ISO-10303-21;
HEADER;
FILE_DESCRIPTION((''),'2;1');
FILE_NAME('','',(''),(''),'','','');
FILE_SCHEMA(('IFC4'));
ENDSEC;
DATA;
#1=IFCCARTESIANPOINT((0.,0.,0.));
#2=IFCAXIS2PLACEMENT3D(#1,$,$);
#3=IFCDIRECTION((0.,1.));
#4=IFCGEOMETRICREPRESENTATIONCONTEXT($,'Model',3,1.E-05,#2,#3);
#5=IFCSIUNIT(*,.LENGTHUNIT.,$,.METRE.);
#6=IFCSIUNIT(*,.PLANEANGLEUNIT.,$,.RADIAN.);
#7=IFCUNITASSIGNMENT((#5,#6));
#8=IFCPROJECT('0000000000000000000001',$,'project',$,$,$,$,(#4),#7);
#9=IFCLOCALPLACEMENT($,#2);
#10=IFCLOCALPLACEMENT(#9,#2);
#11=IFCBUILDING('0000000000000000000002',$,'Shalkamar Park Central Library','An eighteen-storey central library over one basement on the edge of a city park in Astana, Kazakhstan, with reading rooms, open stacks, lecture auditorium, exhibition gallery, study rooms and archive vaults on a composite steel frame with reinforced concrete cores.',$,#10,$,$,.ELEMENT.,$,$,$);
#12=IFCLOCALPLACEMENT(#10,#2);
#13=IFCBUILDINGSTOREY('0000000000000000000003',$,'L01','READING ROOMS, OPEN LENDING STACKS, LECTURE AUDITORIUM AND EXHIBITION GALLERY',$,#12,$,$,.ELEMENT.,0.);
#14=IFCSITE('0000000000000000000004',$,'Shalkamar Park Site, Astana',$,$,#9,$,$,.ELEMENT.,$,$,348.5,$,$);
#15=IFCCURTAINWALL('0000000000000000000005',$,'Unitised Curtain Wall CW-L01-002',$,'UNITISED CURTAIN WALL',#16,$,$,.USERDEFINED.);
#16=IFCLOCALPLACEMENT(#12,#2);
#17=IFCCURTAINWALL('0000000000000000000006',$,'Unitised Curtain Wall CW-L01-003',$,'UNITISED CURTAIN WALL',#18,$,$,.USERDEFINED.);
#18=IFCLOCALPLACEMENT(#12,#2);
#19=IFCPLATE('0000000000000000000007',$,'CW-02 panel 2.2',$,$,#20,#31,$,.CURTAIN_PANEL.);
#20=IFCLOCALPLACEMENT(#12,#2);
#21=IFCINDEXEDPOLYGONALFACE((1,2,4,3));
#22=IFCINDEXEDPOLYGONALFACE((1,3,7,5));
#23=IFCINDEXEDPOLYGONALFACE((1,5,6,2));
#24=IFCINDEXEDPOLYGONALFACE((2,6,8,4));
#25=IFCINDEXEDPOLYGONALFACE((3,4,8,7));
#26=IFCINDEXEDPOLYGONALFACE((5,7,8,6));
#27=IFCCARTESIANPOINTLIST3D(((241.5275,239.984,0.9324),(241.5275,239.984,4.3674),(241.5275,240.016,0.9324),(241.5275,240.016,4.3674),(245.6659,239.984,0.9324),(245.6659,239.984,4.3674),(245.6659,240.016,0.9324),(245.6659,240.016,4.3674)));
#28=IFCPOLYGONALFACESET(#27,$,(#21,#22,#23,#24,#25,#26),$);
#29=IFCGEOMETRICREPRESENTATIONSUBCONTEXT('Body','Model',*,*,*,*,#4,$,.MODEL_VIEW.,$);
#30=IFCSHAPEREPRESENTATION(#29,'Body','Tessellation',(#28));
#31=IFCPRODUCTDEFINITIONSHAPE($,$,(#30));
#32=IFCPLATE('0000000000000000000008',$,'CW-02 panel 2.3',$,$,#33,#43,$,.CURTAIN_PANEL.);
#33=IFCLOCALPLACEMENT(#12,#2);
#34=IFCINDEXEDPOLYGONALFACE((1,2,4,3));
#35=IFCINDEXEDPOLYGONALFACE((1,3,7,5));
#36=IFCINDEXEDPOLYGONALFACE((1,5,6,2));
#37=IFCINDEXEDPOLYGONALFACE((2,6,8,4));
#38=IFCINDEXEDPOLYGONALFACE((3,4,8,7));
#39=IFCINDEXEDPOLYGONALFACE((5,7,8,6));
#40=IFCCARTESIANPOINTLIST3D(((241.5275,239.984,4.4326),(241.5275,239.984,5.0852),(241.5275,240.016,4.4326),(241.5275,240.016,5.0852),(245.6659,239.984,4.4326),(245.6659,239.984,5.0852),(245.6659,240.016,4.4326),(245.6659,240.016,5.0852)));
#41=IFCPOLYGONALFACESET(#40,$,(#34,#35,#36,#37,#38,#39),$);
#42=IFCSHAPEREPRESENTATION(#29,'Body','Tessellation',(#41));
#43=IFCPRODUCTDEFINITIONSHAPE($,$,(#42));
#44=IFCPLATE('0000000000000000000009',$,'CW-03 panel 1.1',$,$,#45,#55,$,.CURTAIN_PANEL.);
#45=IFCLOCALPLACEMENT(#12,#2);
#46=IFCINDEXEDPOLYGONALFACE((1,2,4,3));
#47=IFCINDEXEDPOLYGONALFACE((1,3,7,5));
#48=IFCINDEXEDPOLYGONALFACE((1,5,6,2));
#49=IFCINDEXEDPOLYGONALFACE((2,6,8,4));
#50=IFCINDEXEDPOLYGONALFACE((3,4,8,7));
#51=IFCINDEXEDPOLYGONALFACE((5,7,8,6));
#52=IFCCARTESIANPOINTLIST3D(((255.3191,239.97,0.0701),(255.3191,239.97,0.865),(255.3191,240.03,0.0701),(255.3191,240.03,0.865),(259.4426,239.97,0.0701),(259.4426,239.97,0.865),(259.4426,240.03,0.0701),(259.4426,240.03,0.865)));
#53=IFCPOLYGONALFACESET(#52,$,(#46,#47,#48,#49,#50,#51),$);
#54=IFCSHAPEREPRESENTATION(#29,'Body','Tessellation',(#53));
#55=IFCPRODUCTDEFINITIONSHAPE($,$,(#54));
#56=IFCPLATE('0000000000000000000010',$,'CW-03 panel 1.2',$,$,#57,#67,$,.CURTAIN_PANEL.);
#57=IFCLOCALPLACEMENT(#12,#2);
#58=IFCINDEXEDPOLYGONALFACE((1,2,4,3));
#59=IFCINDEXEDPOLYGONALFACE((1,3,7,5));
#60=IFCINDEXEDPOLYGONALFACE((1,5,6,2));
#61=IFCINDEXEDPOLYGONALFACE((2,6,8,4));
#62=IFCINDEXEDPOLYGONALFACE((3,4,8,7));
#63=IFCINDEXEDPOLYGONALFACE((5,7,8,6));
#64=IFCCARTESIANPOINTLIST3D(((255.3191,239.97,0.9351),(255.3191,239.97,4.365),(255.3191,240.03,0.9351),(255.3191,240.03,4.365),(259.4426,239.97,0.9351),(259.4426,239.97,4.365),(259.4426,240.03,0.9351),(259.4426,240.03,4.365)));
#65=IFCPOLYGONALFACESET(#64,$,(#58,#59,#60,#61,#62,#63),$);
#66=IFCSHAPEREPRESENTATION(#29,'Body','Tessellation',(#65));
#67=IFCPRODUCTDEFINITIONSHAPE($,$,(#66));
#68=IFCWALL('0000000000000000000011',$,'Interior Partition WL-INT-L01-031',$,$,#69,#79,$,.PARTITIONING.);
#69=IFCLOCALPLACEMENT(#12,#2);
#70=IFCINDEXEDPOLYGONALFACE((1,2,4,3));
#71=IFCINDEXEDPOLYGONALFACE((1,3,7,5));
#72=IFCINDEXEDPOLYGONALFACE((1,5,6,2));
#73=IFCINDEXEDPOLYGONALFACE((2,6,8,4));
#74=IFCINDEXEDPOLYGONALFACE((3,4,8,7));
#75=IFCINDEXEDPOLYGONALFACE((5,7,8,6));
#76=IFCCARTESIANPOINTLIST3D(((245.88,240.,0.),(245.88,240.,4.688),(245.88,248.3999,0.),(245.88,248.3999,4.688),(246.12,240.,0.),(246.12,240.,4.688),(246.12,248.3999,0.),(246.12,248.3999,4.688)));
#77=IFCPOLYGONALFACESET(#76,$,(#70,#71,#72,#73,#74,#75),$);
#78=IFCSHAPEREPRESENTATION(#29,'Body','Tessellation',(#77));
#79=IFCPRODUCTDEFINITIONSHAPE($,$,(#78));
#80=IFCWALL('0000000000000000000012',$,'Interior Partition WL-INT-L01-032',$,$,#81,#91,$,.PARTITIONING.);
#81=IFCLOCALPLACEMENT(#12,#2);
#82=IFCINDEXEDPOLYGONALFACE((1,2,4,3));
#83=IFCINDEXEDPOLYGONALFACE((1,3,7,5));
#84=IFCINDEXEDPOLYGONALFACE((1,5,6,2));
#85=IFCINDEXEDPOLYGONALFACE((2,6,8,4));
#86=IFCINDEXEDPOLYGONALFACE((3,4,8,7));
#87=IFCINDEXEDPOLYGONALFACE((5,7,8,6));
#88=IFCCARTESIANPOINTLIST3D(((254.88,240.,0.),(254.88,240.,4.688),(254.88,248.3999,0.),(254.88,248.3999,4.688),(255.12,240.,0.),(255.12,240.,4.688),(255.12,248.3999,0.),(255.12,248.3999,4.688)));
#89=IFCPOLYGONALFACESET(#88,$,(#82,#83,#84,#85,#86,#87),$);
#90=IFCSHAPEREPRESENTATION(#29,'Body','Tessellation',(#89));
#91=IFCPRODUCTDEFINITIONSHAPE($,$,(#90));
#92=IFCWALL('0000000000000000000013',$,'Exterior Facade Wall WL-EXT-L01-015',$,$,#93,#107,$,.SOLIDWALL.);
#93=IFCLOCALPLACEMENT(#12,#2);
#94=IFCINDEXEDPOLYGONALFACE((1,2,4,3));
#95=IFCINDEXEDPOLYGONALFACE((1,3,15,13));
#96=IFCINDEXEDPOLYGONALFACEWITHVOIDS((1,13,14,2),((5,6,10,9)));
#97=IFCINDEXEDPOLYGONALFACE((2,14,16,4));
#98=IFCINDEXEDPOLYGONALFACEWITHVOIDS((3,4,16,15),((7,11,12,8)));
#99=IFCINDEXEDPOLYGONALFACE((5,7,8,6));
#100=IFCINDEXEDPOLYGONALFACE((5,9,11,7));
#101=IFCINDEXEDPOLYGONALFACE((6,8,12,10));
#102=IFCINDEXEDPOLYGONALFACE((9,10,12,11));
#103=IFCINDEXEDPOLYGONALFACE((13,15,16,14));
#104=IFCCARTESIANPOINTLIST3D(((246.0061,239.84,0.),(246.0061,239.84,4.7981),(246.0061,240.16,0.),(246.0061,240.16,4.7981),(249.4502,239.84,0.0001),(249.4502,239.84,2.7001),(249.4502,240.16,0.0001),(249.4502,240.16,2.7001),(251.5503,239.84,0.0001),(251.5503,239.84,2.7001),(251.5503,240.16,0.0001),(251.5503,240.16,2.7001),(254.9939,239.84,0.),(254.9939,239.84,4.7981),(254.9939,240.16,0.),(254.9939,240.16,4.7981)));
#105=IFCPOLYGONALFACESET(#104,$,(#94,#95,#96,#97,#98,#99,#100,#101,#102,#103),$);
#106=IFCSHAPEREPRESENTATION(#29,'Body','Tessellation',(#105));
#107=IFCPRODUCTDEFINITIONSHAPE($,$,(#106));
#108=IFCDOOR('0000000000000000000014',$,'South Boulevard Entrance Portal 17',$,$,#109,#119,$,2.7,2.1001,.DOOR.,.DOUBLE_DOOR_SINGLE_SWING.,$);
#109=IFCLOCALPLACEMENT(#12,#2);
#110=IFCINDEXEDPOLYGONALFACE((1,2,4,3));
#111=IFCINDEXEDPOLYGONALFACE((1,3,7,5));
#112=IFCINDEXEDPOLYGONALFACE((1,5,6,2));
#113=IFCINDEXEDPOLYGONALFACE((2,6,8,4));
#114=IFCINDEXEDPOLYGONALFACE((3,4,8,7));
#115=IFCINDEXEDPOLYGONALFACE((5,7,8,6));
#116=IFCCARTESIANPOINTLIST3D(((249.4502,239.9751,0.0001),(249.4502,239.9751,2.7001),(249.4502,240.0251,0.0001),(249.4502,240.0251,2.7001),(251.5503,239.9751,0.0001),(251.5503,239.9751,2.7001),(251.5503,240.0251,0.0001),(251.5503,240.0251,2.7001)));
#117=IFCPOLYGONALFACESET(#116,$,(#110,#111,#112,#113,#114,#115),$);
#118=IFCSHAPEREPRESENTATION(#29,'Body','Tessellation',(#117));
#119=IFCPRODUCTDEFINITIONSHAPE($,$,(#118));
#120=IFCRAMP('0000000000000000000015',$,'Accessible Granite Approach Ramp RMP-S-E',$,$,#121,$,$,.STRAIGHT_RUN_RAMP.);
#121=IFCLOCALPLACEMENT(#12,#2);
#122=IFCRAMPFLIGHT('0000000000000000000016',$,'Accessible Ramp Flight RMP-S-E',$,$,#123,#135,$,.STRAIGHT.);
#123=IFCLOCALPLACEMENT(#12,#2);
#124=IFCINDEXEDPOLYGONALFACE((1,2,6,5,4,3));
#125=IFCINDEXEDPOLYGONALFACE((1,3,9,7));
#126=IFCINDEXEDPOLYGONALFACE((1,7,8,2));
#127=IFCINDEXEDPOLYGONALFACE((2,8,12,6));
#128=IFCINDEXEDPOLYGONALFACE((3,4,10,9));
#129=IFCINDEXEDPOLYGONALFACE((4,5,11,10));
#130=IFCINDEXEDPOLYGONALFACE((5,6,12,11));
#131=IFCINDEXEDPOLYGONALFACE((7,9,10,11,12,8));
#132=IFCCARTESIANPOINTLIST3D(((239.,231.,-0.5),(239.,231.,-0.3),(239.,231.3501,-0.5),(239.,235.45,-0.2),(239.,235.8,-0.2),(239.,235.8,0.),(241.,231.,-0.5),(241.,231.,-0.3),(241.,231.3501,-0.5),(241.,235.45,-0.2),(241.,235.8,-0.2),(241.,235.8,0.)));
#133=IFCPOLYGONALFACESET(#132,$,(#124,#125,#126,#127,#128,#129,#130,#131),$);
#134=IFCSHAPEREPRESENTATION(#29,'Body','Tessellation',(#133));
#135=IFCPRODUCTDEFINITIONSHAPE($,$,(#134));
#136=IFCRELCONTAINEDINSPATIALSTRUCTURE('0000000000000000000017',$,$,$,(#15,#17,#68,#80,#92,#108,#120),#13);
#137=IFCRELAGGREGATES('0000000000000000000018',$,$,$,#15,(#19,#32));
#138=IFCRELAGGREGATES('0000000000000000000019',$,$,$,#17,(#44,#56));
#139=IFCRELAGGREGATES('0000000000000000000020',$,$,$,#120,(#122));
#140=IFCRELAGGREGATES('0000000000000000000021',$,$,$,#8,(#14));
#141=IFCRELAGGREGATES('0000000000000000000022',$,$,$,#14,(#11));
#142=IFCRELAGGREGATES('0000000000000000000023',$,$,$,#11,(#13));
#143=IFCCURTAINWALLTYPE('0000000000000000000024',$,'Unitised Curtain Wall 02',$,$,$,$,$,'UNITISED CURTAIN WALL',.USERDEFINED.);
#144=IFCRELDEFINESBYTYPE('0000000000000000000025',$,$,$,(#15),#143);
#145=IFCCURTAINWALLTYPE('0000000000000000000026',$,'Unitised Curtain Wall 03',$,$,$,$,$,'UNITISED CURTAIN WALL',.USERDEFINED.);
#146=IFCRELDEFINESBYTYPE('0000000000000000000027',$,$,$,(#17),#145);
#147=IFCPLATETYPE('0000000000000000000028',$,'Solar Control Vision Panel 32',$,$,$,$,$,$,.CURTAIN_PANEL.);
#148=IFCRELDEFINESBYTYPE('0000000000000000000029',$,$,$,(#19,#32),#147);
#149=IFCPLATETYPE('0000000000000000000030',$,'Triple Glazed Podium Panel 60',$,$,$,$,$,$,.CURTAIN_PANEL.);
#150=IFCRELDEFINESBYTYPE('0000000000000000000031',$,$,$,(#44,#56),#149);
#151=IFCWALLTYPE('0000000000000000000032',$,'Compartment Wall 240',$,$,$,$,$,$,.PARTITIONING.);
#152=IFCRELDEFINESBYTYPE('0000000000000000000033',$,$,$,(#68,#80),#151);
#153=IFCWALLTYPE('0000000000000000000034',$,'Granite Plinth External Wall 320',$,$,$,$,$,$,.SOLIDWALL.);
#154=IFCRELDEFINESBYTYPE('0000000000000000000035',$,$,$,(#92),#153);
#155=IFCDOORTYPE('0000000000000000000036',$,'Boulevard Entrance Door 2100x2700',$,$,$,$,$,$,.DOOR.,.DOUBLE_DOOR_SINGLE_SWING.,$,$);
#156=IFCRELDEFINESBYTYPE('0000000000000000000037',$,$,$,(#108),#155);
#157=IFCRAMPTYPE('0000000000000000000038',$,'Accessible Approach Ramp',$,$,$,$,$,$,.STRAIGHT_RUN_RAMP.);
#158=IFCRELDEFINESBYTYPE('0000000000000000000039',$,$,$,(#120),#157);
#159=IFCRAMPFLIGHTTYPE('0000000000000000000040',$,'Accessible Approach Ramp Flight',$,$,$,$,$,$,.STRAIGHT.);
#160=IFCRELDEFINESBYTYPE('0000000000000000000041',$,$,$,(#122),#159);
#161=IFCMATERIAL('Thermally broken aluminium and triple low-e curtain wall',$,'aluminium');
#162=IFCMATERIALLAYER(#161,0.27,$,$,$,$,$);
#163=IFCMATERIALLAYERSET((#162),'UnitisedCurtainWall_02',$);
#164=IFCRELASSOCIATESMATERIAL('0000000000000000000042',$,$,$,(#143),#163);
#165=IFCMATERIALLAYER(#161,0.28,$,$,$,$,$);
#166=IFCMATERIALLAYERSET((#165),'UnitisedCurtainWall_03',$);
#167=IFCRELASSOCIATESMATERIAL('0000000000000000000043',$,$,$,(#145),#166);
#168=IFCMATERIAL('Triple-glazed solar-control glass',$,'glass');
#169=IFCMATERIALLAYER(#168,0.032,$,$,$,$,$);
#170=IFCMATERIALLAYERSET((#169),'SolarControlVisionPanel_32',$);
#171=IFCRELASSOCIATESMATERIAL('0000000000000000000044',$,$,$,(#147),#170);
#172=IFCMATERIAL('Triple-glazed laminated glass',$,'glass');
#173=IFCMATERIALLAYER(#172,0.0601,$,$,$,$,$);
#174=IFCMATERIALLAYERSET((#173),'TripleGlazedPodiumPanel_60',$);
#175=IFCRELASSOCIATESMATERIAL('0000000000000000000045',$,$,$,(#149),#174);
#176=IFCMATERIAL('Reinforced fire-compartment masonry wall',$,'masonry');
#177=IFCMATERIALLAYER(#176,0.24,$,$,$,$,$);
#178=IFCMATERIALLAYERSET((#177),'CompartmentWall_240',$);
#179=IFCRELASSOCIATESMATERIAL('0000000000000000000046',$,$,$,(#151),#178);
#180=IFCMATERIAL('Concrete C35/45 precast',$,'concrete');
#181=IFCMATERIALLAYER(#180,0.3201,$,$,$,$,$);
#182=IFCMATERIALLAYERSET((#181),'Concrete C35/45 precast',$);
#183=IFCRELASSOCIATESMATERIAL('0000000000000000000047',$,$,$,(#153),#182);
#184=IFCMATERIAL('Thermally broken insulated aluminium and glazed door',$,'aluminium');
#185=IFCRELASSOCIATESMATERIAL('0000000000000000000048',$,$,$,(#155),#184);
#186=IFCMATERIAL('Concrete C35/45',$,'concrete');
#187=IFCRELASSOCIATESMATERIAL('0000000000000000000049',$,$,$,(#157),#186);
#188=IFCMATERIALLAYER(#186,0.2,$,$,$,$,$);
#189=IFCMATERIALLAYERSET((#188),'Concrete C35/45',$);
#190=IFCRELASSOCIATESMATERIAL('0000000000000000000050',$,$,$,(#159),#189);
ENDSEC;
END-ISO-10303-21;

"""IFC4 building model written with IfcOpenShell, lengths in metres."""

from ifc_helpers import new_model, si_unit, direction, frame, frame_2d, origin, origin_2d, place, context, subcontext, project, spatial, polyline, rectangle, outline, extrude, material, layer, layer_set, type_object, element, fill, aggregate, save


model = new_model("IFC4")

# Units and contexts
model_context = context("Model", 3, precision=1e-05, world=origin(), true_north=direction((0.0, 1.0)))
body_context = subcontext(model_context, "Body", "Model", "MODEL_VIEW")
ifc_project = project(units=[si_unit("LENGTHUNIT", "METRE"), si_unit("PLANEANGLEUNIT", "RADIAN")], contexts=[model_context])

# Site, building, storey
site_placement = place(None, origin())
site = spatial("IfcSite", under=ifc_project, at=site_placement, Name="Shalkamar Park Site, Astana", CompositionType="ELEMENT", RefElevation=348.5)
building_placement = place(site_placement, origin())
building = spatial("IfcBuilding", under=site, at=building_placement, Name="Shalkamar Park Central Library", Description="An eighteen-storey central library over one basement on the edge of a city park in Astana, Kazakhstan, with reading rooms, open stacks, lecture auditorium, exhibition gallery, study rooms and archive vaults on a composite steel frame with reinforced concrete cores.", CompositionType="ELEMENT")
storey_placement = place(building_placement, origin())
storey = spatial("IfcBuildingStorey", under=building, at=storey_placement, Name="L01", Description="READING ROOMS, OPEN LENDING STACKS, LECTURE AUDITORIUM AND EXHIBITION GALLERY", CompositionType="ELEMENT", Elevation=0.0)

# Curtain wall
ifc_material_1 = material(Name="Thermally broken aluminium and triple low-e curtain wall", Category="aluminium")
ifc_layer_1 = layer(ifc_material_1, 0.27)
ifc_layer_set_1 = layer_set([ifc_layer_1], Name="UnitisedCurtainWall_02")
curtain_wall_type_1 = type_object("IfcCurtainWallType", Name="Unitised Curtain Wall 02", ElementType="UNITISED CURTAIN WALL", PredefinedType="USERDEFINED", material=ifc_layer_set_1)
curtain_wall_1_placement = place(storey_placement, origin())
curtain_wall_1 = element("IfcCurtainWall", 1, at=curtain_wall_1_placement, inside=storey, type_object=curtain_wall_type_1, Name="Unitised Curtain Wall CW-L01-002", ObjectType="UNITISED CURTAIN WALL", PredefinedType="USERDEFINED")

# Curtain wall
ifc_layer_2 = layer(ifc_material_1, 0.28)
ifc_layer_set_2 = layer_set([ifc_layer_2], Name="UnitisedCurtainWall_03")
curtain_wall_type_2 = type_object("IfcCurtainWallType", Name="Unitised Curtain Wall 03", ElementType="UNITISED CURTAIN WALL", PredefinedType="USERDEFINED", material=ifc_layer_set_2)
curtain_wall_2_placement = place(storey_placement, origin())
curtain_wall_2 = element("IfcCurtainWall", 2, at=curtain_wall_2_placement, inside=storey, type_object=curtain_wall_type_2, Name="Unitised Curtain Wall CW-L01-003", ObjectType="UNITISED CURTAIN WALL", PredefinedType="USERDEFINED")

# Plates
ifc_material_2 = material(Name="Triple-glazed solar-control glass", Category="glass")
ifc_layer_3 = layer(ifc_material_2, 0.032)
ifc_layer_set_3 = layer_set([ifc_layer_3], Name="SolarControlVisionPanel_32")
plate_type_1 = type_object("IfcPlateType", Name="Solar Control Vision Panel 32", PredefinedType="CURTAIN_PANEL", material=ifc_layer_set_3)
plate_1_placement = place(storey_placement, frame((243.5967, 240.0, 0.9324), z_axis=(0.0, 0.0, 1.0), x_axis=(1.0, 0.0, 0.0)))
plate_1 = element("IfcPlate", 3, at=plate_1_placement, type_object=plate_type_1, Name="CW-02 panel 2.2", PredefinedType="CURTAIN_PANEL", context=body_context, shape_type="SweptSolid", body=[
    extrude(rectangle(XDim=4.1384, YDim=0.032, at=origin_2d()), origin(), (0.0, 0.0, 1.0), 3.4351),
])
plate_2_placement = place(storey_placement, frame((243.5967, 240.0, 4.4326), z_axis=(0.0, 0.0, 1.0), x_axis=(1.0, 0.0, 0.0)))
plate_2 = element("IfcPlate", 4, at=plate_2_placement, type_object=plate_type_1, Name="CW-02 panel 2.3", PredefinedType="CURTAIN_PANEL", context=body_context, shape_type="SweptSolid", body=[
    extrude(rectangle(XDim=4.1384, YDim=0.032, at=origin_2d()), origin(), (0.0, 0.0, 1.0), 0.6526),
])
aggregate(curtain_wall_1, [plate_1, plate_2])
ifc_material_3 = material(Name="Triple-glazed laminated glass", Category="glass")
ifc_layer_4 = layer(ifc_material_3, 0.0601)
ifc_layer_set_4 = layer_set([ifc_layer_4], Name="TripleGlazedPodiumPanel_60")
plate_type_2 = type_object("IfcPlateType", Name="Triple Glazed Podium Panel 60", PredefinedType="CURTAIN_PANEL", material=ifc_layer_set_4)
plate_3_placement = place(storey_placement, frame((257.3809, 240.0, 0.0701), z_axis=(0.0, 0.0, 1.0), x_axis=(1.0, 0.0, 0.0)))
plate_3 = element("IfcPlate", 5, at=plate_3_placement, type_object=plate_type_2, Name="CW-03 panel 1.1", PredefinedType="CURTAIN_PANEL", context=body_context, shape_type="SweptSolid", body=[
    extrude(rectangle(XDim=4.1235, YDim=0.0601, at=origin_2d()), origin(), (0.0, 0.0, 1.0), 0.7949),
])
plate_4_placement = place(storey_placement, frame((257.3809, 240.0, 0.9351), z_axis=(0.0, 0.0, 1.0), x_axis=(1.0, 0.0, 0.0)))
plate_4 = element("IfcPlate", 6, at=plate_4_placement, type_object=plate_type_2, Name="CW-03 panel 1.2", PredefinedType="CURTAIN_PANEL", context=body_context, shape_type="SweptSolid", body=[
    extrude(rectangle(XDim=4.1235, YDim=0.0601, at=origin_2d()), origin(), (0.0, 0.0, 1.0), 3.4299),
])
aggregate(curtain_wall_2, [plate_3, plate_4])

# Walls
ifc_material_4 = material(Name="Reinforced fire-compartment masonry wall", Category="masonry")
ifc_layer_5 = layer(ifc_material_4, 0.24)
ifc_layer_set_5 = layer_set([ifc_layer_5], Name="CompartmentWall_240")
wall_type_1 = type_object("IfcWallType", Name="Compartment Wall 240", PredefinedType="PARTITIONING", material=ifc_layer_set_5)
for number, where, z_axis, x_axis, name in (
    (7, (246.0, 240.0, 0.0), (0.0, 0.0, 1.0), (0.0, 1.0, 0.0), "Interior Partition WL-INT-L01-031"),
    (8, (255.0, 240.0, 0.0), (0.0, 0.0, 1.0), (0.0, 1.0, 0.0), "Interior Partition WL-INT-L01-032"),
):
    element("IfcWall", number, at=place(storey_placement, frame(where, z_axis=z_axis, x_axis=x_axis)), inside=storey, type_object=wall_type_1, Name=name, PredefinedType="PARTITIONING", context=body_context, shape_type="SweptSolid", body=[
        extrude(rectangle(XDim=8.3999, YDim=0.24, at=frame_2d((4.2, 0.0))), origin(), (0.0, 0.0, 1.0), 4.688),
    ])

# Wall, opening, door
ifc_material_5 = material(Name="Concrete C35/45 precast", Category="concrete")
ifc_layer_6 = layer(ifc_material_5, 0.3201)
ifc_layer_set_6 = layer_set([ifc_layer_6], Name="Concrete C35/45 precast")
wall_type_2 = type_object("IfcWallType", Name="Granite Plinth External Wall 320", PredefinedType="SOLIDWALL", material=ifc_layer_set_6)
wall_placement = place(storey_placement, frame((246.0061, 240.0, 0.0), z_axis=(0.0, 0.0, 1.0), x_axis=(1.0, 0.0, 0.0)))
wall = element("IfcWall", 9, at=wall_placement, inside=storey, type_object=wall_type_2, Name="Exterior Facade Wall WL-EXT-L01-015", PredefinedType="SOLIDWALL", context=body_context, shape_type="SweptSolid", body=[
    extrude(rectangle(XDim=8.9878, YDim=0.3201, at=frame_2d((4.4939, 0.0))), origin(), (0.0, 0.0, 1.0), 4.7981),
])
opening_placement = place(wall_placement, frame((3.4441, 0.0, 0.0)))
opening = element("IfcOpeningElement", 10, at=opening_placement, cuts=wall, PredefinedType="OPENING", context=body_context, shape_type="SweptSolid", body=[
    extrude(rectangle(XDim=2.1001, YDim=2.7, at=frame_2d((1.05, 1.3501))), frame((0.0, 0.1748, 0.0), z_axis=(0.0, -1.0, 0.0), x_axis=(1.0, 0.0, 0.0)), (0.0, 0.0, 1.0), 0.3499),
])
ifc_material_6 = material(Name="Thermally broken insulated aluminium and glazed door", Category="aluminium")
door_type = type_object("IfcDoorType", Name="Boulevard Entrance Door 2100x2700", OperationType="DOUBLE_DOOR_SINGLE_SWING", PredefinedType="DOOR", material=ifc_material_6)
door_placement = place(opening_placement, frame((2.1001, 0.0, 0.0), z_axis=(0.0, 0.0, 1.0), x_axis=(-1.0, 0.0, 0.0)))
door = element("IfcDoor", 11, at=door_placement, inside=storey, type_object=door_type, Name="South Boulevard Entrance Portal 17", OperationType="DOUBLE_DOOR_SINGLE_SWING", OverallHeight=2.7, OverallWidth=2.1001, PredefinedType="DOOR", context=body_context, shape_type="SweptSolid", body=[
    extrude(rectangle(XDim=2.1001, YDim=2.7, at=frame_2d((1.05, 1.3501))), frame((0.0, 0.0249, 0.0), z_axis=(0.0, -1.0, 0.0), x_axis=(1.0, 0.0, 0.0)), (0.0, 0.0, 1.0), 0.05),
])
fill(opening, door)

# Ramp, ramp flight
ifc_material_7 = material(Name="Concrete C35/45", Category="concrete")
ramp_type = type_object("IfcRampType", Name="Accessible Approach Ramp", PredefinedType="STRAIGHT_RUN_RAMP", material=ifc_material_7)
ramp_placement = place(storey_placement, origin())
ramp = element("IfcRamp", 12, at=ramp_placement, inside=storey, type_object=ramp_type, Name="Accessible Granite Approach Ramp RMP-S-E", PredefinedType="STRAIGHT_RUN_RAMP")
ifc_layer_7 = layer(ifc_material_7, 0.2)
ifc_layer_set_7 = layer_set([ifc_layer_7], Name="Concrete C35/45")
ramp_flight_type = type_object("IfcRampFlightType", Name="Accessible Approach Ramp Flight", PredefinedType="STRAIGHT", material=ifc_layer_set_7)
ramp_flight_placement = place(storey_placement, frame((240.0, 231.0, -0.3), z_axis=(0.0, 0.0, 1.0), x_axis=(0.0, 1.0, 0.0)))
ramp_flight = element("IfcRampFlight", 13, at=ramp_flight_placement, type_object=ramp_flight_type, Name="Accessible Ramp Flight RMP-S-E", PredefinedType="STRAIGHT", context=body_context, shape_type="SweptSolid", body=[
    extrude(outline(polyline([(0.0, 0.0), (0.0, -0.2), (0.3501, -0.2), (4.45, 0.1001), (4.8, 0.1001), (4.8, 0.3), (0.0, 0.0)])), frame((0.0, 1.0, 0.0), z_axis=(0.0, -1.0, 0.0), x_axis=(1.0, 0.0, 0.0)), (0.0, 0.0, 1.0), 2.0),
])
aggregate(ramp, [ramp_flight])

save(model, "model.ifc")
